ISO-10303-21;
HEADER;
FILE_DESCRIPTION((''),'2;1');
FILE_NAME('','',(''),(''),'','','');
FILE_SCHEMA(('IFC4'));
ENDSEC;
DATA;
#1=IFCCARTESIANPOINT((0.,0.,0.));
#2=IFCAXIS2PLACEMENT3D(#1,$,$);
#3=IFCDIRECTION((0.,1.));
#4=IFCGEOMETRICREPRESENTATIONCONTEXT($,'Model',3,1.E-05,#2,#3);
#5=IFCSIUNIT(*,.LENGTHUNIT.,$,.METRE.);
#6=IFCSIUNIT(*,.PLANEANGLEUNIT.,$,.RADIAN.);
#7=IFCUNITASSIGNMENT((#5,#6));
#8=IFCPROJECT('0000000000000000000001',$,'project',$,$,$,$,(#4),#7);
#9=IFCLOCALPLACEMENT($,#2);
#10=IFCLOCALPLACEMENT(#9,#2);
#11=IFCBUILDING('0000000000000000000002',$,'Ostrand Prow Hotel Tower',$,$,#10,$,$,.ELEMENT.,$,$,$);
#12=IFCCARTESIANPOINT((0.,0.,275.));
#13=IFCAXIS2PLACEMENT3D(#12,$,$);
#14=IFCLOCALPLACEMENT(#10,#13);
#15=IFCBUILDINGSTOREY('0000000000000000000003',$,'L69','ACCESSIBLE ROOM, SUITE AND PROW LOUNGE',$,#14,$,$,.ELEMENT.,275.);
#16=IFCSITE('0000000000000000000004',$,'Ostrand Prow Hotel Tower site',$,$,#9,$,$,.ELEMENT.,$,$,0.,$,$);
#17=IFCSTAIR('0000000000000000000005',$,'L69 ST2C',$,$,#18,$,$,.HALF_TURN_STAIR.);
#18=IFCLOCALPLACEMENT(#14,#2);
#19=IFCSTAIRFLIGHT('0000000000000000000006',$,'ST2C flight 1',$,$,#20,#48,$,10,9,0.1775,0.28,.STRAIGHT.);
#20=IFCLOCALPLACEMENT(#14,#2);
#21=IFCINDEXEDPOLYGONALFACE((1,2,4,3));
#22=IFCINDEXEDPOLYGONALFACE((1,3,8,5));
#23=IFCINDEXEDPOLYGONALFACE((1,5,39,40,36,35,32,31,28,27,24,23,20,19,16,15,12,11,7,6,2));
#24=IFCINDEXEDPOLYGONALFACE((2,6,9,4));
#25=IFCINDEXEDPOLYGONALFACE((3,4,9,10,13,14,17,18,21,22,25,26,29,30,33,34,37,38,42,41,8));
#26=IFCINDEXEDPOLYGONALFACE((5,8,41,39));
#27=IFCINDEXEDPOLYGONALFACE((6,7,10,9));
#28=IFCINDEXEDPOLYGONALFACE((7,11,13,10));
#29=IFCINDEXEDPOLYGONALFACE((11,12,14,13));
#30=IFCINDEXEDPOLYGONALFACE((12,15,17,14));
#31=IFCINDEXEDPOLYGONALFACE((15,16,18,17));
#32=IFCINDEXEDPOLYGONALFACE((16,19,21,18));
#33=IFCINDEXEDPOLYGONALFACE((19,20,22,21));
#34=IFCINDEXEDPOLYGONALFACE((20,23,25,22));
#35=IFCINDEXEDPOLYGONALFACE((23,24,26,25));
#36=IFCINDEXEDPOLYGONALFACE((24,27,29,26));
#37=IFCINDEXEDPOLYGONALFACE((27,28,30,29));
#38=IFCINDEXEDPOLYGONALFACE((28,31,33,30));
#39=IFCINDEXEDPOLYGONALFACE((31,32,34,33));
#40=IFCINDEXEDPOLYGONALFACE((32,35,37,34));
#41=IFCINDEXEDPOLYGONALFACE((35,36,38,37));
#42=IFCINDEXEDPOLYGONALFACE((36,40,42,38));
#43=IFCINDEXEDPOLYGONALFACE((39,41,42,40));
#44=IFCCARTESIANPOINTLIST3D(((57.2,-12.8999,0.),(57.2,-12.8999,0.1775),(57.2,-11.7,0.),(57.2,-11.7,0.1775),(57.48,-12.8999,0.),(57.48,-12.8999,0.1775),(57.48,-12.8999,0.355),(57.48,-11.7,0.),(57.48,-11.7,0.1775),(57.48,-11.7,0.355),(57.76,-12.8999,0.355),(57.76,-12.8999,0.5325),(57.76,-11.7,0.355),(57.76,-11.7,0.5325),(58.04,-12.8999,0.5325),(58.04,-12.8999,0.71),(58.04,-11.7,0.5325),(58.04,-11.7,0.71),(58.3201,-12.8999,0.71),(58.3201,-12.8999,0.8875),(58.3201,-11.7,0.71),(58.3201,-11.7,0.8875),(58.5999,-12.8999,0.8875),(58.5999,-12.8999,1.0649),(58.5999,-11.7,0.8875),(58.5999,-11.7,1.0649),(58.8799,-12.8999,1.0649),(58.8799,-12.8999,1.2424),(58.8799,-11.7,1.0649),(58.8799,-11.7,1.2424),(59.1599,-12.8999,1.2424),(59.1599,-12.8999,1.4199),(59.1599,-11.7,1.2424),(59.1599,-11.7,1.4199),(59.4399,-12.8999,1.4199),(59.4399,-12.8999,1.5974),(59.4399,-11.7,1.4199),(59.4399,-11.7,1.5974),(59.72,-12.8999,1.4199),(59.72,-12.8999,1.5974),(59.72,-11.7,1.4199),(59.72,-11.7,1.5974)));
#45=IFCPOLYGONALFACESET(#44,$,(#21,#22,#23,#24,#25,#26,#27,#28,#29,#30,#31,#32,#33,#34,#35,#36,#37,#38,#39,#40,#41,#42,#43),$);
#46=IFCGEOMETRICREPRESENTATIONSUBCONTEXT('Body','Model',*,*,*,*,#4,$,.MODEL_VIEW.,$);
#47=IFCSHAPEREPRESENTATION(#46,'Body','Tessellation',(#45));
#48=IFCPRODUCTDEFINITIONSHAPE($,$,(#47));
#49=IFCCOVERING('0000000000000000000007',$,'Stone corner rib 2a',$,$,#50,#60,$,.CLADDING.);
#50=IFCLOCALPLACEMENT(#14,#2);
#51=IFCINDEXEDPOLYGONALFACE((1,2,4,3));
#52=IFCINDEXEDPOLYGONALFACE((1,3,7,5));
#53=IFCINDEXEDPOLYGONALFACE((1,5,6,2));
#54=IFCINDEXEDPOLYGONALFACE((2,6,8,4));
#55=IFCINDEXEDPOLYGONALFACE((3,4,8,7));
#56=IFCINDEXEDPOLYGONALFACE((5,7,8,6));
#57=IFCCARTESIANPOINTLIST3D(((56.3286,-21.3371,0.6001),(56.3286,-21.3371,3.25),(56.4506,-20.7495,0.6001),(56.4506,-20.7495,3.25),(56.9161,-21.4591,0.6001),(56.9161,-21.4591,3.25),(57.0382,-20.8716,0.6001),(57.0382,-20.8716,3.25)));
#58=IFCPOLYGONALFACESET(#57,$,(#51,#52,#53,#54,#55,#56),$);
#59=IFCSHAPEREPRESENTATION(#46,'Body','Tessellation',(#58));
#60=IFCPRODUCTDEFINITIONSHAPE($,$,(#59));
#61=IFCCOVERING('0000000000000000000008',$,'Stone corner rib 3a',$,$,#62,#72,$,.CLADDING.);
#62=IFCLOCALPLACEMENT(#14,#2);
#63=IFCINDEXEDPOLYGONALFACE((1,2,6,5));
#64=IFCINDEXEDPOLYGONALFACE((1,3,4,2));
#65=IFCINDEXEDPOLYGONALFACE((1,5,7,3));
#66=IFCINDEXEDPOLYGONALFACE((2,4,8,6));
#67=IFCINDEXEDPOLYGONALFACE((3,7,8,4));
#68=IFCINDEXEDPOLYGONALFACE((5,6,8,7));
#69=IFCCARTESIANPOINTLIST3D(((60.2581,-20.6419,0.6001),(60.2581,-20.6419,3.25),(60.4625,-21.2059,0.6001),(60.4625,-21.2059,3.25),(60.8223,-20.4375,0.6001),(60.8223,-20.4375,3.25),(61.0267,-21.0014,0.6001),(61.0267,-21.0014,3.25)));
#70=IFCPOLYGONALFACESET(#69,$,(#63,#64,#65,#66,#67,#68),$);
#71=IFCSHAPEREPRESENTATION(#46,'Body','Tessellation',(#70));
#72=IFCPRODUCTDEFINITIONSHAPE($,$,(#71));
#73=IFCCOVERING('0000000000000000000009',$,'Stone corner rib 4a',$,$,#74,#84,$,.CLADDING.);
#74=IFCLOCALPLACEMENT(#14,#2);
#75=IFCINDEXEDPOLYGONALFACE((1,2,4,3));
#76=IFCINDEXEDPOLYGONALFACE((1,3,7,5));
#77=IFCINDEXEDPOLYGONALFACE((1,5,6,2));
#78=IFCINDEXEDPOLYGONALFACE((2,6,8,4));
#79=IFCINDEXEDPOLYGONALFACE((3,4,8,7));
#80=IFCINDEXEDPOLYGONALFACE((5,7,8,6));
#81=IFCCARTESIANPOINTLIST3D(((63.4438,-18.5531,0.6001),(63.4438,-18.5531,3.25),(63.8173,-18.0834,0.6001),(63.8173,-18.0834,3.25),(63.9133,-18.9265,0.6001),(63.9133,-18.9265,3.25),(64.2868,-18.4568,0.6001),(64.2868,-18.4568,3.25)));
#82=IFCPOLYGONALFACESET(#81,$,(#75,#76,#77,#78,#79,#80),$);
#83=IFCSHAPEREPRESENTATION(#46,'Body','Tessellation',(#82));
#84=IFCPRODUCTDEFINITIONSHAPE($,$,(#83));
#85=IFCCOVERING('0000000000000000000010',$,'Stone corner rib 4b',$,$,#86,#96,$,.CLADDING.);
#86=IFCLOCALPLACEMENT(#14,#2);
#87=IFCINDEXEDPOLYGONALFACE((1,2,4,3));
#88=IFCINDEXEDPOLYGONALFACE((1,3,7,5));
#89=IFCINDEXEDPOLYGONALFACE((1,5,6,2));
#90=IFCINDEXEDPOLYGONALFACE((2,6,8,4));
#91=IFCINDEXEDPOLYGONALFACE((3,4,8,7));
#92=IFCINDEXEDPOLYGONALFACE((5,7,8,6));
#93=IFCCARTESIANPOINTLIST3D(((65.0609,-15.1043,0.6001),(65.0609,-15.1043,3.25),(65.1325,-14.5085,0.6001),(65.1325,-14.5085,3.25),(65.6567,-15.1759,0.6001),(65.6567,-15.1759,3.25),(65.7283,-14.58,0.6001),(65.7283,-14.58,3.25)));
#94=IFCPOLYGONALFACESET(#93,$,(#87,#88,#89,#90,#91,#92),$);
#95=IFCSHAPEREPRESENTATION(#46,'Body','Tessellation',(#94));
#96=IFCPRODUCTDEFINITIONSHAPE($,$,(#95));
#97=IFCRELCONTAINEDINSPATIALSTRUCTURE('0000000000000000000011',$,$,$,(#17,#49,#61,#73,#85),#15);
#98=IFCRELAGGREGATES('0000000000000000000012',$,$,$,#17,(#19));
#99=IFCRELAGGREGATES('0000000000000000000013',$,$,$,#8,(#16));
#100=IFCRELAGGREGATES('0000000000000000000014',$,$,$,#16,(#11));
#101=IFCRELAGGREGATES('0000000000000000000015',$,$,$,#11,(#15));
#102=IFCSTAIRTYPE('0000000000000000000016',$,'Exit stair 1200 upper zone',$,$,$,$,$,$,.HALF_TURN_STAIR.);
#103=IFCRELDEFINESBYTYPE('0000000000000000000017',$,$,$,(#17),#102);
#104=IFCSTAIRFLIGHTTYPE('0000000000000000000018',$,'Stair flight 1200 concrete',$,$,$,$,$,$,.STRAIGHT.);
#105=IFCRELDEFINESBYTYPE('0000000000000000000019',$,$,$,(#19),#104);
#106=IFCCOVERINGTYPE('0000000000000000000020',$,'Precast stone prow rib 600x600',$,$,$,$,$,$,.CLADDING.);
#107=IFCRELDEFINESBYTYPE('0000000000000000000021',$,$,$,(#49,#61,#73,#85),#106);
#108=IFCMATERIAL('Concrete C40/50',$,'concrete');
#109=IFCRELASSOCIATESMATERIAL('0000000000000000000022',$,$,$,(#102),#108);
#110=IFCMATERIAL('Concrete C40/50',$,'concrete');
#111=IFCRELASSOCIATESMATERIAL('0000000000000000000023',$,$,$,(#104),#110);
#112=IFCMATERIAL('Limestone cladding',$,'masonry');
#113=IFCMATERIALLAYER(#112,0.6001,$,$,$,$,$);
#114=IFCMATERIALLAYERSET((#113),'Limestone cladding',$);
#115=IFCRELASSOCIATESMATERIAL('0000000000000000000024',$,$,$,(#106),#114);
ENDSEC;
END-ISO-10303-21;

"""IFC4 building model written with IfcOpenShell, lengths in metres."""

from ifc_helpers import new_model, si_unit, direction, frame, frame_2d, origin, place, context, subcontext, project, spatial, polyline, rectangle, outline, extrude, material, layer, layer_set, type_object, element, aggregate, save


model = new_model("IFC4")

# Units and contexts
model_context = context("Model", 3, precision=1e-05, world=origin(), true_north=direction((0.0, 1.0)))
body_context = subcontext(model_context, "Body", "Model", "MODEL_VIEW")
ifc_project = project(units=[si_unit("LENGTHUNIT", "METRE"), si_unit("PLANEANGLEUNIT", "RADIAN")], contexts=[model_context])

# Site, building, storey
site_placement = place(None, origin())
site = spatial("IfcSite", under=ifc_project, at=site_placement, Name="Ostrand Prow Hotel Tower site", CompositionType="ELEMENT", RefElevation=0.0)
building_placement = place(site_placement, origin())
building = spatial("IfcBuilding", under=site, at=building_placement, Name="Ostrand Prow Hotel Tower", CompositionType="ELEMENT")
storey_placement = place(building_placement, frame((0.0, 0.0, 275.0)))
storey = spatial("IfcBuildingStorey", under=building, at=storey_placement, Name="L69", Description="ACCESSIBLE ROOM, SUITE AND PROW LOUNGE", CompositionType="ELEMENT", Elevation=275.0)

# Stair, stair flight
ifc_material_1 = material(Name="Concrete C40/50", Category="concrete")
stair_type = type_object("IfcStairType", Name="Exit stair 1200 upper zone", PredefinedType="HALF_TURN_STAIR", material=ifc_material_1)
stair_placement = place(storey_placement, origin())
stair = element("IfcStair", 1, at=stair_placement, inside=storey, type_object=stair_type, Name="L69 ST2C", PredefinedType="HALF_TURN_STAIR")
ifc_material_2 = material(Name="Concrete C40/50", Category="concrete")
stair_flight_type = type_object("IfcStairFlightType", Name="Stair flight 1200 concrete", PredefinedType="STRAIGHT", material=ifc_material_2)
stair_flight_placement = place(storey_placement, frame((57.2, -12.3, 0.0), z_axis=(0.0, 0.0, 1.0), x_axis=(1.0, 0.0, 0.0)))
stair_flight = element("IfcStairFlight", 2, at=stair_flight_placement, type_object=stair_flight_type, Name="ST2C flight 1", NumberOfRisers=10, NumberOfTreads=9, PredefinedType="STRAIGHT", RiserHeight=0.1775, TreadLength=0.28, context=body_context, shape_type="SweptSolid", body=[
    extrude(outline(polyline([(0.0, 0.0), (0.0, 0.1775), (0.28, 0.1775), (0.28, 0.355), (0.5601, 0.355), (0.5601, 0.5325), (0.8401, 0.5325), (0.8401, 0.71), (1.1201, 0.71), (1.1201, 0.8875), (1.3999, 0.8875), (1.3999, 1.0649), (1.6799, 1.0649), (1.6799, 1.2424), (1.96, 1.2424), (1.96, 1.4199), (2.24, 1.4199), (2.24, 1.5974), (2.52, 1.5974), (2.52, 1.7749), (2.52, 1.4199), (0.28, 0.0), (0.0, 0.0)])), frame((0.0, 0.6001, 0.0), z_axis=(0.0, -1.0, 0.0), x_axis=(1.0, 0.0, 0.0)), (0.0, 0.0, 1.0), 1.2),
])
aggregate(stair, [stair_flight])

# Coverings
ifc_material_3 = material(Name="Limestone cladding", Category="masonry")
ifc_layer_1 = layer(ifc_material_3, 0.6001)
ifc_layer_set_1 = layer_set([ifc_layer_1], Name="Limestone cladding")
covering_type = type_object("IfcCoveringType", Name="Precast stone prow rib 600x600", PredefinedType="CLADDING", material=ifc_layer_set_1)
covering_1_placement = place(storey_placement, frame((56.7444, -20.8105, 0.6001), z_axis=(0.0, 0.0, 1.0), x_axis=(-0.203386, -0.979099, 0.0)))
element("IfcCovering", 3, at=covering_1_placement, inside=storey, type_object=covering_type, Name="Stone corner rib 2a", PredefinedType="CLADDING", context=body_context, shape_type="SweptSolid", body=[
    extrude(rectangle(XDim=0.6001, YDim=0.6001, at=frame_2d((0.3, 0.0))), origin(), (0.0, 0.0, 1.0), 2.6499),
])
for number, where, z_axis, x_axis, name in (
    (4, (60.5403, -20.5398, 0.6001), (0.0, 0.0, 1.0), (0.340664, -0.940185, 0.0), "Stone corner rib 3a"),
    (5, (63.6306, -18.3184, 0.6001), (0.0, 0.0, 1.0), (0.782732, -0.622359, 0.0), "Stone corner rib 4a"),
):
    element("IfcCovering", number, at=place(storey_placement, frame(where, z_axis=z_axis, x_axis=x_axis)), inside=storey, type_object=covering_type, Name=name, PredefinedType="CLADDING", context=body_context, shape_type="SweptSolid", body=[
        extrude(rectangle(XDim=0.5999, YDim=0.6001, at=frame_2d((0.2998, 0.0))), origin(), (0.0, 0.0, 1.0), 2.6499),
    ])
covering_2_placement = place(storey_placement, frame((65.0967, -14.8064, 0.6001), z_axis=(0.0, 0.0, 1.0), x_axis=(0.992867, -0.119225, 0.0)))
element("IfcCovering", 6, at=covering_2_placement, inside=storey, type_object=covering_type, Name="Stone corner rib 4b", PredefinedType="CLADDING", context=body_context, shape_type="SweptSolid", body=[
    extrude(rectangle(XDim=0.6001, YDim=0.6001, at=frame_2d((0.3, 0.0))), origin(), (0.0, 0.0, 1.0), 2.6499),
])

save(model, "model.ifc")
